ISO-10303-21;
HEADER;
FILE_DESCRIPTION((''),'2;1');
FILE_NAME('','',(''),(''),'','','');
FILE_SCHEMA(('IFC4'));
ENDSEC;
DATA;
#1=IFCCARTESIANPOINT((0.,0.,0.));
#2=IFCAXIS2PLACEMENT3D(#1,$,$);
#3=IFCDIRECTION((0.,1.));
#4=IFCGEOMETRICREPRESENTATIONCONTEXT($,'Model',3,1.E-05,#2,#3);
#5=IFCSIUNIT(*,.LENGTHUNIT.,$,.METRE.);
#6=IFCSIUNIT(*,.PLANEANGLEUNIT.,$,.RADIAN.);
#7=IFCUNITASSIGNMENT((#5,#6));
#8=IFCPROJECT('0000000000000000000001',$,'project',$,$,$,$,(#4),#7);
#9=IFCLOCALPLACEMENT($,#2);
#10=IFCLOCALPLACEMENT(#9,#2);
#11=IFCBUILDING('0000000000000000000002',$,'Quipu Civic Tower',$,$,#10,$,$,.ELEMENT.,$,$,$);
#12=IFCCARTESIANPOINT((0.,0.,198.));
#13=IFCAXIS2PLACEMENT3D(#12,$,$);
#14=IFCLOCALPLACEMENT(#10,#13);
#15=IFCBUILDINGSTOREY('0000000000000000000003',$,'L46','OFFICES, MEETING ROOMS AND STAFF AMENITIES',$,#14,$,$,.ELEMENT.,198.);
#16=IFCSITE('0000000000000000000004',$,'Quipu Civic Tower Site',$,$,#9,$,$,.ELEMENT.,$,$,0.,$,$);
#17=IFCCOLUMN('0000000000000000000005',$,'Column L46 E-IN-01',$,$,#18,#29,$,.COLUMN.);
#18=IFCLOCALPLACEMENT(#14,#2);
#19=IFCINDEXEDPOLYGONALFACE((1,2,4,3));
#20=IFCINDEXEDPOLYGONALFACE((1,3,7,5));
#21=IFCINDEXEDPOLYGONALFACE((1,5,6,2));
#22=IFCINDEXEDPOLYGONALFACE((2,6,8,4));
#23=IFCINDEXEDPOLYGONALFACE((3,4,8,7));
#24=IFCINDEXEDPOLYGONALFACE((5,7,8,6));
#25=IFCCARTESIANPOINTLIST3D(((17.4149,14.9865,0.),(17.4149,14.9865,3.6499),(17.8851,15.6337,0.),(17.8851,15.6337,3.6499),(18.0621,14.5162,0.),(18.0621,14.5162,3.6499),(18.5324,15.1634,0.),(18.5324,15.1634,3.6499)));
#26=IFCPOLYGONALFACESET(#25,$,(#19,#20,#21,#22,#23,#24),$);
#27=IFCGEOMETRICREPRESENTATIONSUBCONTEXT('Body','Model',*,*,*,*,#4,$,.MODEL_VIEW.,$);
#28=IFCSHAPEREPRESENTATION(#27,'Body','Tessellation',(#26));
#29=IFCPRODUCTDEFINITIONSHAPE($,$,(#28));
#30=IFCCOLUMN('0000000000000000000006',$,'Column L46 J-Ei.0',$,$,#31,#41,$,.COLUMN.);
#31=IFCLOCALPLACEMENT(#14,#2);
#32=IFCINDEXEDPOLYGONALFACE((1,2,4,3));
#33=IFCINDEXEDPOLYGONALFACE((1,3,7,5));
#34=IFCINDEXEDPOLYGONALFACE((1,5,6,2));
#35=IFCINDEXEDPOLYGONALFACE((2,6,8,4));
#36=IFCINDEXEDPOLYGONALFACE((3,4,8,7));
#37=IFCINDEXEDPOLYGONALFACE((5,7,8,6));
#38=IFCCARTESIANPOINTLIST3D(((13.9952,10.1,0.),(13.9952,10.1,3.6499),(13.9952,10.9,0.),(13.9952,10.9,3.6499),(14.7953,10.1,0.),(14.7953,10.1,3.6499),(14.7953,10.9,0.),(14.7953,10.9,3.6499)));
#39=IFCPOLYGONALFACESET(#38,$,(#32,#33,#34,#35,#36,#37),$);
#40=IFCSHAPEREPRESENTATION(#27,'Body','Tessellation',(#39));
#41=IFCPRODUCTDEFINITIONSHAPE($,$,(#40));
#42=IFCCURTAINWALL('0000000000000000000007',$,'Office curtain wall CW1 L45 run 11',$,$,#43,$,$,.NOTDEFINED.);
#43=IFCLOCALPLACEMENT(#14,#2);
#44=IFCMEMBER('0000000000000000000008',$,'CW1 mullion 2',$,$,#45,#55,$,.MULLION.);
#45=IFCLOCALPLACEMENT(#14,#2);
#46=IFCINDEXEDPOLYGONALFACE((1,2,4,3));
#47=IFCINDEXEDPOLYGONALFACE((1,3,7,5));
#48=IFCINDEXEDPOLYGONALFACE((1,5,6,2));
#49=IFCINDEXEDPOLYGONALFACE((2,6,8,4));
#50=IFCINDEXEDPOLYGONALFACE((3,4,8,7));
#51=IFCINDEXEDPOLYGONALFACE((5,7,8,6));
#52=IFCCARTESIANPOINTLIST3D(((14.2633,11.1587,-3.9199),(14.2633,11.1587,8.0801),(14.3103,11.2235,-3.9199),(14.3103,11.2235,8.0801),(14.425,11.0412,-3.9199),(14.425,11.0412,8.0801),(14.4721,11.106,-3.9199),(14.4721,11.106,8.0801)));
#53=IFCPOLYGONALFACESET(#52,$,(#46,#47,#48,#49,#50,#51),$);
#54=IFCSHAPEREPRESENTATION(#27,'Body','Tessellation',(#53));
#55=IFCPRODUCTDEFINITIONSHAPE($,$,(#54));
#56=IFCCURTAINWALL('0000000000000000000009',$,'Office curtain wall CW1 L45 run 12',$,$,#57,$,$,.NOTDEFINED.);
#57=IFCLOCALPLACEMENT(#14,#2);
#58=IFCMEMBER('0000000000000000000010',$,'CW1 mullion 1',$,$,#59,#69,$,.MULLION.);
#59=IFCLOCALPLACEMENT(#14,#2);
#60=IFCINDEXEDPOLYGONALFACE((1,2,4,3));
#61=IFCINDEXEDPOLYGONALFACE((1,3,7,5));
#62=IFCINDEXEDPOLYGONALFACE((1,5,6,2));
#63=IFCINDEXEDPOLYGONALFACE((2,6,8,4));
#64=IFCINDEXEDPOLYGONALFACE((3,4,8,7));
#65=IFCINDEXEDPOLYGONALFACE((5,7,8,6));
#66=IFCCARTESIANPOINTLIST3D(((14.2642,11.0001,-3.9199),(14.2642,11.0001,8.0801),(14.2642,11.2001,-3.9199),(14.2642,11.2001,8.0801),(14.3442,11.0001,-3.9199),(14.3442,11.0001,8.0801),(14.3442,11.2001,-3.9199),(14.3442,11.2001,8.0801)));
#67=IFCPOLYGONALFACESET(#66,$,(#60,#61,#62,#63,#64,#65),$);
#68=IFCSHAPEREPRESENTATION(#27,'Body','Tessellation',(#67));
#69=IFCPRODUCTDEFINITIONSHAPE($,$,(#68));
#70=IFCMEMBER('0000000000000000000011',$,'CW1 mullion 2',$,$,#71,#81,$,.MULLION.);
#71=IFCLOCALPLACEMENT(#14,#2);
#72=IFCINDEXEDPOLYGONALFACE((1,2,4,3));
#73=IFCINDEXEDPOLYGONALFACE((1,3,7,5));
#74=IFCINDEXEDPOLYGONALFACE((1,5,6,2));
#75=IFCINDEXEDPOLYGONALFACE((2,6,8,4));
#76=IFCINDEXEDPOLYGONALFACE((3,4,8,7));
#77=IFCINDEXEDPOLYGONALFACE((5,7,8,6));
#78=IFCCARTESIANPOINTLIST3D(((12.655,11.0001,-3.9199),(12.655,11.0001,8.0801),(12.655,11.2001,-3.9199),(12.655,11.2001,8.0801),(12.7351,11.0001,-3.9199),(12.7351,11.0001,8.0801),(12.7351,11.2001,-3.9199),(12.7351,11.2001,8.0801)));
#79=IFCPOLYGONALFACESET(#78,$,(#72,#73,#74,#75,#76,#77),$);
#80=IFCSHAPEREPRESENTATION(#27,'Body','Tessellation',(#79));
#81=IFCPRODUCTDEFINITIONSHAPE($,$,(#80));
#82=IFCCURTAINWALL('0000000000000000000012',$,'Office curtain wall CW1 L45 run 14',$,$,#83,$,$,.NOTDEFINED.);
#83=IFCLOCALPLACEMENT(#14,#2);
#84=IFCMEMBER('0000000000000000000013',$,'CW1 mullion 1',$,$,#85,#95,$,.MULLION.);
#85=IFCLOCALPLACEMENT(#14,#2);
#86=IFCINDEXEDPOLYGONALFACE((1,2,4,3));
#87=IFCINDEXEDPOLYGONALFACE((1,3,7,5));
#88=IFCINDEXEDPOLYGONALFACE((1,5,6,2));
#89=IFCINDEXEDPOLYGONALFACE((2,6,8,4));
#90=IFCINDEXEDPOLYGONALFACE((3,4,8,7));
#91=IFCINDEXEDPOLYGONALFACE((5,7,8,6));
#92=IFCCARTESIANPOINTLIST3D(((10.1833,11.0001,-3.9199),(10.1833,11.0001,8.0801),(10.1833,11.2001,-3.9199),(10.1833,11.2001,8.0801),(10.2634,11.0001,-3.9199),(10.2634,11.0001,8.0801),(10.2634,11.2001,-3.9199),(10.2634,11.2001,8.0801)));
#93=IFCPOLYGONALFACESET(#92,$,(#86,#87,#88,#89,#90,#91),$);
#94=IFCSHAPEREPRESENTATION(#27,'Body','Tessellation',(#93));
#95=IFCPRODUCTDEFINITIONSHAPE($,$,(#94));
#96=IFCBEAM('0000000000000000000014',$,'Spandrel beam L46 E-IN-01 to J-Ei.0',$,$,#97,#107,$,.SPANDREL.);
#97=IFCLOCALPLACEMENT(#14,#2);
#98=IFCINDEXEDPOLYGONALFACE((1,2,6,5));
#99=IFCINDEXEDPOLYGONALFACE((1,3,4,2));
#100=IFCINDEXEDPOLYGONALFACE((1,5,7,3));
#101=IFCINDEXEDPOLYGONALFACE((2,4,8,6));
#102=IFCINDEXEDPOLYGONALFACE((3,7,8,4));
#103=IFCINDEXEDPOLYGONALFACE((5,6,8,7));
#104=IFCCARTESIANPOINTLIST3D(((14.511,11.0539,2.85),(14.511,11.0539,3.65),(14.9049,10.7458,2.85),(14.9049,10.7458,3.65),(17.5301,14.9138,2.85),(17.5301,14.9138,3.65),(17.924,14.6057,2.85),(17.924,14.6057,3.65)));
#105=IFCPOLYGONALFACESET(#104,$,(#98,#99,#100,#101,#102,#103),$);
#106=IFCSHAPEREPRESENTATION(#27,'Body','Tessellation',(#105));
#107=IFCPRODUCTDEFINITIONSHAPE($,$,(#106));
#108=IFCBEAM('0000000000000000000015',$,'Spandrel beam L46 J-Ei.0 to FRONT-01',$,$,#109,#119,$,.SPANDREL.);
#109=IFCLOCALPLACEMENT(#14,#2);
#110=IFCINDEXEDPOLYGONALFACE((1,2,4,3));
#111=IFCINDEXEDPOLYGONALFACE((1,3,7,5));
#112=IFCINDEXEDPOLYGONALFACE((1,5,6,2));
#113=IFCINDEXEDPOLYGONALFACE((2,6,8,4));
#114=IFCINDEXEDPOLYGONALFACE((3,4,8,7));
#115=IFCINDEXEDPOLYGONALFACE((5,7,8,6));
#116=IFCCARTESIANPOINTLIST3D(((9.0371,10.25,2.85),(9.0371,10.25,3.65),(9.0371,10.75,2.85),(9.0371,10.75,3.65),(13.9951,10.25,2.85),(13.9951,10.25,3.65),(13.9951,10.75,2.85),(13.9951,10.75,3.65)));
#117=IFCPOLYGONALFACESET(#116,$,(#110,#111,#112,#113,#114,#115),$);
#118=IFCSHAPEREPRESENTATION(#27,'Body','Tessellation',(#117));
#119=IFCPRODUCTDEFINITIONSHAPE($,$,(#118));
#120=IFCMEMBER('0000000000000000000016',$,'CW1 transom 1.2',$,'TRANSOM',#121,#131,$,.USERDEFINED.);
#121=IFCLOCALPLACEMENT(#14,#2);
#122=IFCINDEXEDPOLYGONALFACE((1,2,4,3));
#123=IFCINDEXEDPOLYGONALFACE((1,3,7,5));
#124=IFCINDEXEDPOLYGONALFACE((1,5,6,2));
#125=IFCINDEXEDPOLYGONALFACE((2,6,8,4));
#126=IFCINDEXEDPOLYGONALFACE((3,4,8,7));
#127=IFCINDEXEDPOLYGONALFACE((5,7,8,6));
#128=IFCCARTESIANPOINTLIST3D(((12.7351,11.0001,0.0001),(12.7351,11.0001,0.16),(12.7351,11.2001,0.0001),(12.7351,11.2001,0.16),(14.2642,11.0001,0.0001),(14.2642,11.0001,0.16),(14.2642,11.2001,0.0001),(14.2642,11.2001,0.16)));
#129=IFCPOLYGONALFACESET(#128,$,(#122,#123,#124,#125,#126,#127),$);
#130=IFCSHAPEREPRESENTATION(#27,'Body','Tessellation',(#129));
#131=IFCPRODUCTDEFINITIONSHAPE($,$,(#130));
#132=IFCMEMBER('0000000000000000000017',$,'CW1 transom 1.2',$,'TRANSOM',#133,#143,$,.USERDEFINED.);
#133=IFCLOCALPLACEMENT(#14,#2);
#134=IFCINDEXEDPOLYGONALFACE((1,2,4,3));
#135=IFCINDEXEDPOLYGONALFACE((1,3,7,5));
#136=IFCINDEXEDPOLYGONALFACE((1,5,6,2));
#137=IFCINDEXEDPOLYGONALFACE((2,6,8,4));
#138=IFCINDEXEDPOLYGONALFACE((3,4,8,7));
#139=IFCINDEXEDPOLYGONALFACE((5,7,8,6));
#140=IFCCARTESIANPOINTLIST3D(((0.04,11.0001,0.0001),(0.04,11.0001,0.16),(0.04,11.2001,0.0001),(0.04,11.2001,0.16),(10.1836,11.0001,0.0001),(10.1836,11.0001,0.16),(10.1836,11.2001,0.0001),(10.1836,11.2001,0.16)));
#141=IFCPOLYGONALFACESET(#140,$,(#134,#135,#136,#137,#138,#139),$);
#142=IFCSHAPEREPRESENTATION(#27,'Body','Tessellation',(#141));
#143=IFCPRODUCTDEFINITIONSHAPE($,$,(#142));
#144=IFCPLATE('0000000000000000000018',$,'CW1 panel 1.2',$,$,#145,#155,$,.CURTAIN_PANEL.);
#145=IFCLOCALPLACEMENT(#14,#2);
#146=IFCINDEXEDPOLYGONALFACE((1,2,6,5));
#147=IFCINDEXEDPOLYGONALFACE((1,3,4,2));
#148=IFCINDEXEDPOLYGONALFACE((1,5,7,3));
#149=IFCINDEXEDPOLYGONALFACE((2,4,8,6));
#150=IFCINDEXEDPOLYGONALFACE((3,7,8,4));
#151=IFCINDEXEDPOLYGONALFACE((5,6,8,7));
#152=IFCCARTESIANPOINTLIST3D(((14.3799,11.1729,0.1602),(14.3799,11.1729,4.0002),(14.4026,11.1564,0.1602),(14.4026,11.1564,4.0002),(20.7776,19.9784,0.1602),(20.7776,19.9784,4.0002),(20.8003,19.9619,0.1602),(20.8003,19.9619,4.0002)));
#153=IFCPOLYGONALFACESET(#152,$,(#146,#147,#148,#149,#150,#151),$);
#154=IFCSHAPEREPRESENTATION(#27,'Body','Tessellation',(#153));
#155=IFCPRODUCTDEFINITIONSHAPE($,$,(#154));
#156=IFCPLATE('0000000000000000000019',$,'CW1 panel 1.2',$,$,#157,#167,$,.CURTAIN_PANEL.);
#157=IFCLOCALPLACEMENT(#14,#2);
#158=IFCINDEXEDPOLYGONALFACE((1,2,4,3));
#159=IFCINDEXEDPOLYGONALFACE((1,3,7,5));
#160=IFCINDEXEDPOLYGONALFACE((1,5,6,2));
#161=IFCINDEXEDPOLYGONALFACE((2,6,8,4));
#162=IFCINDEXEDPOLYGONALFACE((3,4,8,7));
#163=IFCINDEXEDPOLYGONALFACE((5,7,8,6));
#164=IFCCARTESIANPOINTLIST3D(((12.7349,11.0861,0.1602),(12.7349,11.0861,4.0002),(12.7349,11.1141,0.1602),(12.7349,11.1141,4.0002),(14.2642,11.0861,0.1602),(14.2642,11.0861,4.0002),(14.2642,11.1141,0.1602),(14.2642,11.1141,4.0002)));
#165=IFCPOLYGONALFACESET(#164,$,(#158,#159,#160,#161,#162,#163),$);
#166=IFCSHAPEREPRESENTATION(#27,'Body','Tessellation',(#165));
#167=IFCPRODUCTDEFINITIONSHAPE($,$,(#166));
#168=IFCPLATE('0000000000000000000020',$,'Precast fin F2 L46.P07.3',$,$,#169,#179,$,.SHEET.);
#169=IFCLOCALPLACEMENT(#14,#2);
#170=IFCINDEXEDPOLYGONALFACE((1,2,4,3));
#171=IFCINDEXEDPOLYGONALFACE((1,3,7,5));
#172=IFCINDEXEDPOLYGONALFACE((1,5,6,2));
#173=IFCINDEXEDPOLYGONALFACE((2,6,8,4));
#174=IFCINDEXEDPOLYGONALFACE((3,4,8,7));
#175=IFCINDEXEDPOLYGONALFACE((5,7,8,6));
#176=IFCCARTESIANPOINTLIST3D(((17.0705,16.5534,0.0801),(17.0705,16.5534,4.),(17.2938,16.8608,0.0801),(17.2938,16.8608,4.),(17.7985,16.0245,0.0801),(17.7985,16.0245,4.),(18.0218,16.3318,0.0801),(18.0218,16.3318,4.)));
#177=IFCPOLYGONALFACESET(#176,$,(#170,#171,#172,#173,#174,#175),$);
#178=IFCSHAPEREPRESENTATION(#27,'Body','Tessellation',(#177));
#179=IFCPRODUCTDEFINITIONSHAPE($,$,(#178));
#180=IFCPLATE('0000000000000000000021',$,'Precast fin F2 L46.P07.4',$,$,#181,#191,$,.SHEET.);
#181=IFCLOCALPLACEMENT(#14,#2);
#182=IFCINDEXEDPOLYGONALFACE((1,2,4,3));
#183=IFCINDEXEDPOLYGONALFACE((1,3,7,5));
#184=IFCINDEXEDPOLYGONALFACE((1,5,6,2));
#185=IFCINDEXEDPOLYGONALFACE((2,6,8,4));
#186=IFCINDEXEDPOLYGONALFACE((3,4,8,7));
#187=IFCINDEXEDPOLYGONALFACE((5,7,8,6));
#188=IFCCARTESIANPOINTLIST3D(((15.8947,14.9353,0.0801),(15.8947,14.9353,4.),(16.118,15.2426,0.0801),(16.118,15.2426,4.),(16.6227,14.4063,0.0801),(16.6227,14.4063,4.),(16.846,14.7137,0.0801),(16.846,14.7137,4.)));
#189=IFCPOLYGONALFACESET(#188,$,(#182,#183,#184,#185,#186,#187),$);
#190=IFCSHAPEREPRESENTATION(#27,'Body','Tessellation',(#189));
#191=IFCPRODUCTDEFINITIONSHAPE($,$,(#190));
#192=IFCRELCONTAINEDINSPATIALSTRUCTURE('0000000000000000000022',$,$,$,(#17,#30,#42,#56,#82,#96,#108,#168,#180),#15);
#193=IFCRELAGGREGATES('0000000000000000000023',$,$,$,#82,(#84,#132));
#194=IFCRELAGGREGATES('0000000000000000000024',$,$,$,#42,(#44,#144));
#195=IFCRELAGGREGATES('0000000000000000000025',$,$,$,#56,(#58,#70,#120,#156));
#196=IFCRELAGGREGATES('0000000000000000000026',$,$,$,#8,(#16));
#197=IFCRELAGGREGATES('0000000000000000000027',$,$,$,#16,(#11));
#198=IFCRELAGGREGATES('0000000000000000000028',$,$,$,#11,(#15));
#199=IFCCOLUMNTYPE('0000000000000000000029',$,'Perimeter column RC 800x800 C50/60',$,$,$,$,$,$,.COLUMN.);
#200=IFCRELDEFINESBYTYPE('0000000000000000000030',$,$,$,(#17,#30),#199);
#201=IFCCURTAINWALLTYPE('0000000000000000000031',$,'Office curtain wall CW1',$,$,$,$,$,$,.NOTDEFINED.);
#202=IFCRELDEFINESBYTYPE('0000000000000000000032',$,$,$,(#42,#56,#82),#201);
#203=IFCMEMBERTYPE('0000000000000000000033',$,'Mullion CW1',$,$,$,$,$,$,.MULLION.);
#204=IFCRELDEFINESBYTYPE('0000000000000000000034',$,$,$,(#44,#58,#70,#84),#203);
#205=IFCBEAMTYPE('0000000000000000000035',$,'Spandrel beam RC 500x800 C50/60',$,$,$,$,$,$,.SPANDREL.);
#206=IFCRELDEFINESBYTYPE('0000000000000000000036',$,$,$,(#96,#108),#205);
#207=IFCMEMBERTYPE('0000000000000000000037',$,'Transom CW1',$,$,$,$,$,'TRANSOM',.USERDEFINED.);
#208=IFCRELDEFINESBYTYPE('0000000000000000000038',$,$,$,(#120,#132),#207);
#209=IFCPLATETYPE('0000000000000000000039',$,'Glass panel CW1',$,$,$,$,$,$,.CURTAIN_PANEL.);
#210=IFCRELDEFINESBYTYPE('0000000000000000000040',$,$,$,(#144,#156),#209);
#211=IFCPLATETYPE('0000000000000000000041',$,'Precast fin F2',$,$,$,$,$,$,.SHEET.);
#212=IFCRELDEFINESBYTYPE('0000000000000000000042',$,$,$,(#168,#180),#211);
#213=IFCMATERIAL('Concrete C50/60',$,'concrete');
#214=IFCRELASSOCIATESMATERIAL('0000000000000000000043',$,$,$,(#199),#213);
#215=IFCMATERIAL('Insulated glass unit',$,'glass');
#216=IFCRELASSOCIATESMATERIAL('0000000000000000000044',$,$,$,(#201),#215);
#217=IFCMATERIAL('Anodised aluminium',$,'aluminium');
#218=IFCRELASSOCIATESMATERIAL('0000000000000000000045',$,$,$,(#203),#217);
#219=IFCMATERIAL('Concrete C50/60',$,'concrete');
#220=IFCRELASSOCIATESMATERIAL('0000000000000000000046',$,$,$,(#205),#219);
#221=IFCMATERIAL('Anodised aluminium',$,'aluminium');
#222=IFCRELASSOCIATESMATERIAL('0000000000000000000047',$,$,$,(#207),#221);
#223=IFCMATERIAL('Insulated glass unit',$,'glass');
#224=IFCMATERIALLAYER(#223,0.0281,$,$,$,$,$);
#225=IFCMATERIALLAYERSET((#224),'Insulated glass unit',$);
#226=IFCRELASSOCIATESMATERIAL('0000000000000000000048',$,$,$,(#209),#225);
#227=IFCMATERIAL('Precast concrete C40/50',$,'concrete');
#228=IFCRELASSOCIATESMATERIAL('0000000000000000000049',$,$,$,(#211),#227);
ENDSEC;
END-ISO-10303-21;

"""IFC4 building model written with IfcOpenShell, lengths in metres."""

from ifc_helpers import new_model, si_unit, direction, frame, origin, origin_2d, place, context, subcontext, project, spatial, rectangle, extrude, material, layer, layer_set, material_profile, profile_set, type_object, element, aggregate, save


model = new_model("IFC4")

# Units and contexts
model_context = context("Model", 3, precision=1e-05, world=origin(), true_north=direction((0.0, 1.0)))
body_context = subcontext(model_context, "Body", "Model", "MODEL_VIEW")
ifc_project = project(units=[si_unit("LENGTHUNIT", "METRE"), si_unit("PLANEANGLEUNIT", "RADIAN")], contexts=[model_context])

# Site, building, storey
site_placement = place(None, origin())
site = spatial("IfcSite", under=ifc_project, at=site_placement, Name="Quipu Civic Tower Site", CompositionType="ELEMENT", RefElevation=0.0)
building_placement = place(site_placement, origin())
building = spatial("IfcBuilding", under=site, at=building_placement, Name="Quipu Civic Tower", CompositionType="ELEMENT")
storey_placement = place(building_placement, frame((0.0, 0.0, 198.0)))
storey = spatial("IfcBuildingStorey", under=building, at=storey_placement, Name="L46", Description="OFFICES, MEETING ROOMS AND STAFF AMENITIES", CompositionType="ELEMENT", Elevation=198.0)

# Columns
ifc_material_1 = material(Name="Concrete C50/60", Category="concrete")
ifc_material_profile_1 = material_profile(ifc_material_1, rectangle(XDim=0.8, YDim=0.8, at=origin_2d()), Name="RC800x800")
ifc_profile_set_1 = profile_set([ifc_material_profile_1], Name="Concrete C50/60")
column_type = type_object("IfcColumnType", Name="Perimeter column RC 800x800 C50/60", PredefinedType="COLUMN", material=ifc_profile_set_1)
for number, where, z_axis, x_axis, name in (
    (1, (17.9736, 15.075, 0.0), (0.0, 0.0, 1.0), (-0.587785, -0.809017, 0.0), "Column L46 E-IN-01"),
    (2, (14.3953, 10.5, 0.0), (0.0, 0.0, 1.0), (-1.0, 0.0, 0.0), "Column L46 J-Ei.0"),
):
    element("IfcColumn", number, at=place(storey_placement, frame(where, z_axis=z_axis, x_axis=x_axis)), inside=storey, type_object=column_type, Name=name, PredefinedType="COLUMN", context=body_context, shape_type="SweptSolid", body=[
        extrude(rectangle(XDim=0.8, YDim=0.8, at=origin_2d()), origin(), (0.0, 0.0, 1.0), 3.6499),
    ])

# Curtain wall, member
ifc_material_2 = material(Name="Insulated glass unit", Category="glass")
curtain_wall_type = type_object("IfcCurtainWallType", Name="Office curtain wall CW1", PredefinedType="NOTDEFINED", material=ifc_material_2)
curtain_wall_1_placement = place(storey_placement, origin())
curtain_wall_1 = element("IfcCurtainWall", 3, at=curtain_wall_1_placement, inside=storey, type_object=curtain_wall_type, Name="Office curtain wall CW1 L45 run 11", PredefinedType="NOTDEFINED")
ifc_material_3 = material(Name="Anodised aluminium", Category="aluminium")
ifc_material_profile_2 = material_profile(ifc_material_3, rectangle(XDim=0.2, YDim=0.0801, at=origin_2d()), Name="RECT 200x80")
ifc_profile_set_2 = profile_set([ifc_material_profile_2], Name="Anodised aluminium")
member_type_1 = type_object("IfcMemberType", Name="Mullion CW1", PredefinedType="MULLION", material=ifc_profile_set_2)
member_1_placement = place(storey_placement, frame((14.3677, 11.1323, -3.9199), z_axis=(0.0, 0.0, 1.0), x_axis=(0.809015, -0.587788, 0.0)))
member_1 = element("IfcMember", 4, at=member_1_placement, type_object=member_type_1, Name="CW1 mullion 2", PredefinedType="MULLION", context=body_context, shape_type="SweptSolid", body=[
    extrude(rectangle(XDim=0.2, YDim=0.0801, at=origin_2d()), origin(), (0.0, 0.0, 1.0), 12.0),
])

# Curtain wall, members
curtain_wall_2_placement = place(storey_placement, origin())
curtain_wall_2 = element("IfcCurtainWall", 5, at=curtain_wall_2_placement, inside=storey, type_object=curtain_wall_type, Name="Office curtain wall CW1 L45 run 12", PredefinedType="NOTDEFINED")
member_2_placement = place(storey_placement, frame((14.3042, 11.1001, -3.9199), z_axis=(0.0, 0.0, 1.0), x_axis=(0.0, -1.0, 0.0)))
member_2 = element("IfcMember", 6, at=member_2_placement, type_object=member_type_1, Name="CW1 mullion 1", PredefinedType="MULLION", context=body_context, shape_type="SweptSolid", body=[
    extrude(rectangle(XDim=0.2, YDim=0.0801, at=origin_2d()), origin(), (0.0, 0.0, 1.0), 12.0),
])
member_3_placement = place(storey_placement, frame((12.6951, 11.1001, -3.9199), z_axis=(0.0, 0.0, 1.0), x_axis=(0.0, -1.0, 0.0)))
member_3 = element("IfcMember", 7, at=member_3_placement, type_object=member_type_1, Name="CW1 mullion 2", PredefinedType="MULLION", context=body_context, shape_type="SweptSolid", body=[
    extrude(rectangle(XDim=0.2, YDim=0.0801, at=origin_2d()), origin(), (0.0, 0.0, 1.0), 12.0),
])

# Curtain wall, member
curtain_wall_3_placement = place(storey_placement, origin())
curtain_wall_3 = element("IfcCurtainWall", 8, at=curtain_wall_3_placement, inside=storey, type_object=curtain_wall_type, Name="Office curtain wall CW1 L45 run 14", PredefinedType="NOTDEFINED")
member_4_placement = place(storey_placement, frame((10.2234, 11.1001, -3.9199), z_axis=(0.0, 0.0, 1.0), x_axis=(0.0, -1.0, 0.0)))
member_4 = element("IfcMember", 9, at=member_4_placement, type_object=member_type_1, Name="CW1 mullion 1", PredefinedType="MULLION", context=body_context, shape_type="SweptSolid", body=[
    extrude(rectangle(XDim=0.2, YDim=0.0801, at=origin_2d()), origin(), (0.0, 0.0, 1.0), 12.0),
])

# Beams
ifc_material_4 = material(Name="Concrete C50/60", Category="concrete")
ifc_material_profile_3 = material_profile(ifc_material_4, rectangle(XDim=0.5, YDim=0.8, at=origin_2d()), Name="RC500x800")
ifc_profile_set_3 = profile_set([ifc_material_profile_3], Name="Concrete C50/60")
beam_type = type_object("IfcBeamType", Name="Spandrel beam RC 500x800 C50/60", PredefinedType="SPANDREL", material=ifc_profile_set_3)
beam_1_placement = place(storey_placement, frame((17.7271, 14.7598, 3.25), z_axis=(-0.616091, -0.787675, 0.0), x_axis=(0.787675, -0.616091, 0.0)))
element("IfcBeam", 10, at=beam_1_placement, inside=storey, type_object=beam_type, Name="Spandrel beam L46 E-IN-01 to J-Ei.0", PredefinedType="SPANDREL", context=body_context, shape_type="SweptSolid", body=[
    extrude(rectangle(XDim=0.5, YDim=0.8, at=origin_2d()), origin(), (0.0, 0.0, 1.0), 4.9004),
])
beam_2_placement = place(storey_placement, frame((13.9951, 10.5, 3.25), z_axis=(-1.0, 0.0, 0.0), x_axis=(0.0, -1.0, 0.0)))
element("IfcBeam", 11, at=beam_2_placement, inside=storey, type_object=beam_type, Name="Spandrel beam L46 J-Ei.0 to FRONT-01", PredefinedType="SPANDREL", context=body_context, shape_type="SweptSolid", body=[
    extrude(rectangle(XDim=0.5, YDim=0.8, at=origin_2d()), origin(), (0.0, 0.0, 1.0), 4.958),
])

# Members
ifc_material_5 = material(Name="Anodised aluminium", Category="aluminium")
ifc_material_profile_4 = material_profile(ifc_material_5, rectangle(XDim=0.2, YDim=0.1599, at=origin_2d()), Name="RECT 200x160")
ifc_profile_set_4 = profile_set([ifc_material_profile_4], Name="Anodised aluminium")
member_type_2 = type_object("IfcMemberType", Name="Transom CW1", ElementType="TRANSOM", PredefinedType="USERDEFINED", material=ifc_profile_set_4)
member_5_placement = place(storey_placement, frame((14.2642, 11.1001, 0.0801), z_axis=(-1.0, 0.0, 0.0), x_axis=(0.0, -1.0, 0.0)))
member_5 = element("IfcMember", 12, at=member_5_placement, type_object=member_type_2, Name="CW1 transom 1.2", ObjectType="TRANSOM", PredefinedType="USERDEFINED", context=body_context, shape_type="SweptSolid", body=[
    extrude(rectangle(XDim=0.2, YDim=0.1599, at=origin_2d()), origin(), (0.0, 0.0, 1.0), 1.5291),
])
member_6_placement = place(storey_placement, frame((10.1836, 11.1001, 0.0801), z_axis=(-1.0, 0.0, 0.0), x_axis=(0.0, -1.0, 0.0)))
member_6 = element("IfcMember", 13, at=member_6_placement, type_object=member_type_2, Name="CW1 transom 1.2", ObjectType="TRANSOM", PredefinedType="USERDEFINED", context=body_context, shape_type="SweptSolid", body=[
    extrude(rectangle(XDim=0.2, YDim=0.1599, at=origin_2d()), origin(), (0.0, 0.0, 1.0), 10.1436),
])
aggregate(curtain_wall_3, [member_4, member_6])

# Plates
ifc_material_6 = material(Name="Insulated glass unit", Category="glass")
ifc_layer_1 = layer(ifc_material_6, 0.0281)
ifc_layer_set_1 = layer_set([ifc_layer_1], Name="Insulated glass unit")
plate_type_1 = type_object("IfcPlateType", Name="Glass panel CW1", PredefinedType="CURTAIN_PANEL", material=ifc_layer_set_1)
plate_1_placement = place(storey_placement, frame((17.5901, 15.5674, 0.1602), z_axis=(0.0, 0.0, 1.0), x_axis=(-0.587788, -0.809015, 0.0)))
plate_1 = element("IfcPlate", 14, at=plate_1_placement, type_object=plate_type_1, Name="CW1 panel 1.2", PredefinedType="CURTAIN_PANEL", context=body_context, shape_type="SweptSolid", body=[
    extrude(rectangle(XDim=10.8843, YDim=0.0281, at=origin_2d()), origin(), (0.0, 0.0, 1.0), 3.8401),
])
aggregate(curtain_wall_1, [member_1, plate_1])
plate_2_placement = place(storey_placement, frame((13.4995, 11.1001, 0.1602), z_axis=(0.0, 0.0, 1.0), x_axis=(-1.0, 0.0, 0.0)))
plate_2 = element("IfcPlate", 15, at=plate_2_placement, type_object=plate_type_1, Name="CW1 panel 1.2", PredefinedType="CURTAIN_PANEL", context=body_context, shape_type="SweptSolid", body=[
    extrude(rectangle(XDim=1.5293, YDim=0.0281, at=origin_2d()), origin(), (0.0, 0.0, 1.0), 3.8401),
])
aggregate(curtain_wall_2, [member_2, member_3, member_5, plate_2])

# Plates
ifc_material_7 = material(Name="Precast concrete C40/50", Category="concrete")
plate_type_2 = type_object("IfcPlateType", Name="Precast fin F2", PredefinedType="SHEET", material=ifc_material_7)
for number, where, z_axis, x_axis, name in (
    (16, (17.5461, 16.4426, 0.0801), (0.0, 0.0, 1.0), (-0.587784, -0.809018, 0.0), "Precast fin F2 L46.P07.3"),
    (17, (16.3704, 14.8245, 0.0801), (0.0, 0.0, 1.0), (-0.587784, -0.809018, 0.0), "Precast fin F2 L46.P07.4"),
):
    element("IfcPlate", number, at=place(storey_placement, frame(where, z_axis=z_axis, x_axis=x_axis)), inside=storey, type_object=plate_type_2, Name=name, PredefinedType="SHEET", context=body_context, shape_type="SweptSolid", body=[
        extrude(rectangle(XDim=0.3799, YDim=0.8999, at=origin_2d()), origin(), (0.0, 0.0, 1.0), 3.9199),
    ])

save(model, "model.ifc")
